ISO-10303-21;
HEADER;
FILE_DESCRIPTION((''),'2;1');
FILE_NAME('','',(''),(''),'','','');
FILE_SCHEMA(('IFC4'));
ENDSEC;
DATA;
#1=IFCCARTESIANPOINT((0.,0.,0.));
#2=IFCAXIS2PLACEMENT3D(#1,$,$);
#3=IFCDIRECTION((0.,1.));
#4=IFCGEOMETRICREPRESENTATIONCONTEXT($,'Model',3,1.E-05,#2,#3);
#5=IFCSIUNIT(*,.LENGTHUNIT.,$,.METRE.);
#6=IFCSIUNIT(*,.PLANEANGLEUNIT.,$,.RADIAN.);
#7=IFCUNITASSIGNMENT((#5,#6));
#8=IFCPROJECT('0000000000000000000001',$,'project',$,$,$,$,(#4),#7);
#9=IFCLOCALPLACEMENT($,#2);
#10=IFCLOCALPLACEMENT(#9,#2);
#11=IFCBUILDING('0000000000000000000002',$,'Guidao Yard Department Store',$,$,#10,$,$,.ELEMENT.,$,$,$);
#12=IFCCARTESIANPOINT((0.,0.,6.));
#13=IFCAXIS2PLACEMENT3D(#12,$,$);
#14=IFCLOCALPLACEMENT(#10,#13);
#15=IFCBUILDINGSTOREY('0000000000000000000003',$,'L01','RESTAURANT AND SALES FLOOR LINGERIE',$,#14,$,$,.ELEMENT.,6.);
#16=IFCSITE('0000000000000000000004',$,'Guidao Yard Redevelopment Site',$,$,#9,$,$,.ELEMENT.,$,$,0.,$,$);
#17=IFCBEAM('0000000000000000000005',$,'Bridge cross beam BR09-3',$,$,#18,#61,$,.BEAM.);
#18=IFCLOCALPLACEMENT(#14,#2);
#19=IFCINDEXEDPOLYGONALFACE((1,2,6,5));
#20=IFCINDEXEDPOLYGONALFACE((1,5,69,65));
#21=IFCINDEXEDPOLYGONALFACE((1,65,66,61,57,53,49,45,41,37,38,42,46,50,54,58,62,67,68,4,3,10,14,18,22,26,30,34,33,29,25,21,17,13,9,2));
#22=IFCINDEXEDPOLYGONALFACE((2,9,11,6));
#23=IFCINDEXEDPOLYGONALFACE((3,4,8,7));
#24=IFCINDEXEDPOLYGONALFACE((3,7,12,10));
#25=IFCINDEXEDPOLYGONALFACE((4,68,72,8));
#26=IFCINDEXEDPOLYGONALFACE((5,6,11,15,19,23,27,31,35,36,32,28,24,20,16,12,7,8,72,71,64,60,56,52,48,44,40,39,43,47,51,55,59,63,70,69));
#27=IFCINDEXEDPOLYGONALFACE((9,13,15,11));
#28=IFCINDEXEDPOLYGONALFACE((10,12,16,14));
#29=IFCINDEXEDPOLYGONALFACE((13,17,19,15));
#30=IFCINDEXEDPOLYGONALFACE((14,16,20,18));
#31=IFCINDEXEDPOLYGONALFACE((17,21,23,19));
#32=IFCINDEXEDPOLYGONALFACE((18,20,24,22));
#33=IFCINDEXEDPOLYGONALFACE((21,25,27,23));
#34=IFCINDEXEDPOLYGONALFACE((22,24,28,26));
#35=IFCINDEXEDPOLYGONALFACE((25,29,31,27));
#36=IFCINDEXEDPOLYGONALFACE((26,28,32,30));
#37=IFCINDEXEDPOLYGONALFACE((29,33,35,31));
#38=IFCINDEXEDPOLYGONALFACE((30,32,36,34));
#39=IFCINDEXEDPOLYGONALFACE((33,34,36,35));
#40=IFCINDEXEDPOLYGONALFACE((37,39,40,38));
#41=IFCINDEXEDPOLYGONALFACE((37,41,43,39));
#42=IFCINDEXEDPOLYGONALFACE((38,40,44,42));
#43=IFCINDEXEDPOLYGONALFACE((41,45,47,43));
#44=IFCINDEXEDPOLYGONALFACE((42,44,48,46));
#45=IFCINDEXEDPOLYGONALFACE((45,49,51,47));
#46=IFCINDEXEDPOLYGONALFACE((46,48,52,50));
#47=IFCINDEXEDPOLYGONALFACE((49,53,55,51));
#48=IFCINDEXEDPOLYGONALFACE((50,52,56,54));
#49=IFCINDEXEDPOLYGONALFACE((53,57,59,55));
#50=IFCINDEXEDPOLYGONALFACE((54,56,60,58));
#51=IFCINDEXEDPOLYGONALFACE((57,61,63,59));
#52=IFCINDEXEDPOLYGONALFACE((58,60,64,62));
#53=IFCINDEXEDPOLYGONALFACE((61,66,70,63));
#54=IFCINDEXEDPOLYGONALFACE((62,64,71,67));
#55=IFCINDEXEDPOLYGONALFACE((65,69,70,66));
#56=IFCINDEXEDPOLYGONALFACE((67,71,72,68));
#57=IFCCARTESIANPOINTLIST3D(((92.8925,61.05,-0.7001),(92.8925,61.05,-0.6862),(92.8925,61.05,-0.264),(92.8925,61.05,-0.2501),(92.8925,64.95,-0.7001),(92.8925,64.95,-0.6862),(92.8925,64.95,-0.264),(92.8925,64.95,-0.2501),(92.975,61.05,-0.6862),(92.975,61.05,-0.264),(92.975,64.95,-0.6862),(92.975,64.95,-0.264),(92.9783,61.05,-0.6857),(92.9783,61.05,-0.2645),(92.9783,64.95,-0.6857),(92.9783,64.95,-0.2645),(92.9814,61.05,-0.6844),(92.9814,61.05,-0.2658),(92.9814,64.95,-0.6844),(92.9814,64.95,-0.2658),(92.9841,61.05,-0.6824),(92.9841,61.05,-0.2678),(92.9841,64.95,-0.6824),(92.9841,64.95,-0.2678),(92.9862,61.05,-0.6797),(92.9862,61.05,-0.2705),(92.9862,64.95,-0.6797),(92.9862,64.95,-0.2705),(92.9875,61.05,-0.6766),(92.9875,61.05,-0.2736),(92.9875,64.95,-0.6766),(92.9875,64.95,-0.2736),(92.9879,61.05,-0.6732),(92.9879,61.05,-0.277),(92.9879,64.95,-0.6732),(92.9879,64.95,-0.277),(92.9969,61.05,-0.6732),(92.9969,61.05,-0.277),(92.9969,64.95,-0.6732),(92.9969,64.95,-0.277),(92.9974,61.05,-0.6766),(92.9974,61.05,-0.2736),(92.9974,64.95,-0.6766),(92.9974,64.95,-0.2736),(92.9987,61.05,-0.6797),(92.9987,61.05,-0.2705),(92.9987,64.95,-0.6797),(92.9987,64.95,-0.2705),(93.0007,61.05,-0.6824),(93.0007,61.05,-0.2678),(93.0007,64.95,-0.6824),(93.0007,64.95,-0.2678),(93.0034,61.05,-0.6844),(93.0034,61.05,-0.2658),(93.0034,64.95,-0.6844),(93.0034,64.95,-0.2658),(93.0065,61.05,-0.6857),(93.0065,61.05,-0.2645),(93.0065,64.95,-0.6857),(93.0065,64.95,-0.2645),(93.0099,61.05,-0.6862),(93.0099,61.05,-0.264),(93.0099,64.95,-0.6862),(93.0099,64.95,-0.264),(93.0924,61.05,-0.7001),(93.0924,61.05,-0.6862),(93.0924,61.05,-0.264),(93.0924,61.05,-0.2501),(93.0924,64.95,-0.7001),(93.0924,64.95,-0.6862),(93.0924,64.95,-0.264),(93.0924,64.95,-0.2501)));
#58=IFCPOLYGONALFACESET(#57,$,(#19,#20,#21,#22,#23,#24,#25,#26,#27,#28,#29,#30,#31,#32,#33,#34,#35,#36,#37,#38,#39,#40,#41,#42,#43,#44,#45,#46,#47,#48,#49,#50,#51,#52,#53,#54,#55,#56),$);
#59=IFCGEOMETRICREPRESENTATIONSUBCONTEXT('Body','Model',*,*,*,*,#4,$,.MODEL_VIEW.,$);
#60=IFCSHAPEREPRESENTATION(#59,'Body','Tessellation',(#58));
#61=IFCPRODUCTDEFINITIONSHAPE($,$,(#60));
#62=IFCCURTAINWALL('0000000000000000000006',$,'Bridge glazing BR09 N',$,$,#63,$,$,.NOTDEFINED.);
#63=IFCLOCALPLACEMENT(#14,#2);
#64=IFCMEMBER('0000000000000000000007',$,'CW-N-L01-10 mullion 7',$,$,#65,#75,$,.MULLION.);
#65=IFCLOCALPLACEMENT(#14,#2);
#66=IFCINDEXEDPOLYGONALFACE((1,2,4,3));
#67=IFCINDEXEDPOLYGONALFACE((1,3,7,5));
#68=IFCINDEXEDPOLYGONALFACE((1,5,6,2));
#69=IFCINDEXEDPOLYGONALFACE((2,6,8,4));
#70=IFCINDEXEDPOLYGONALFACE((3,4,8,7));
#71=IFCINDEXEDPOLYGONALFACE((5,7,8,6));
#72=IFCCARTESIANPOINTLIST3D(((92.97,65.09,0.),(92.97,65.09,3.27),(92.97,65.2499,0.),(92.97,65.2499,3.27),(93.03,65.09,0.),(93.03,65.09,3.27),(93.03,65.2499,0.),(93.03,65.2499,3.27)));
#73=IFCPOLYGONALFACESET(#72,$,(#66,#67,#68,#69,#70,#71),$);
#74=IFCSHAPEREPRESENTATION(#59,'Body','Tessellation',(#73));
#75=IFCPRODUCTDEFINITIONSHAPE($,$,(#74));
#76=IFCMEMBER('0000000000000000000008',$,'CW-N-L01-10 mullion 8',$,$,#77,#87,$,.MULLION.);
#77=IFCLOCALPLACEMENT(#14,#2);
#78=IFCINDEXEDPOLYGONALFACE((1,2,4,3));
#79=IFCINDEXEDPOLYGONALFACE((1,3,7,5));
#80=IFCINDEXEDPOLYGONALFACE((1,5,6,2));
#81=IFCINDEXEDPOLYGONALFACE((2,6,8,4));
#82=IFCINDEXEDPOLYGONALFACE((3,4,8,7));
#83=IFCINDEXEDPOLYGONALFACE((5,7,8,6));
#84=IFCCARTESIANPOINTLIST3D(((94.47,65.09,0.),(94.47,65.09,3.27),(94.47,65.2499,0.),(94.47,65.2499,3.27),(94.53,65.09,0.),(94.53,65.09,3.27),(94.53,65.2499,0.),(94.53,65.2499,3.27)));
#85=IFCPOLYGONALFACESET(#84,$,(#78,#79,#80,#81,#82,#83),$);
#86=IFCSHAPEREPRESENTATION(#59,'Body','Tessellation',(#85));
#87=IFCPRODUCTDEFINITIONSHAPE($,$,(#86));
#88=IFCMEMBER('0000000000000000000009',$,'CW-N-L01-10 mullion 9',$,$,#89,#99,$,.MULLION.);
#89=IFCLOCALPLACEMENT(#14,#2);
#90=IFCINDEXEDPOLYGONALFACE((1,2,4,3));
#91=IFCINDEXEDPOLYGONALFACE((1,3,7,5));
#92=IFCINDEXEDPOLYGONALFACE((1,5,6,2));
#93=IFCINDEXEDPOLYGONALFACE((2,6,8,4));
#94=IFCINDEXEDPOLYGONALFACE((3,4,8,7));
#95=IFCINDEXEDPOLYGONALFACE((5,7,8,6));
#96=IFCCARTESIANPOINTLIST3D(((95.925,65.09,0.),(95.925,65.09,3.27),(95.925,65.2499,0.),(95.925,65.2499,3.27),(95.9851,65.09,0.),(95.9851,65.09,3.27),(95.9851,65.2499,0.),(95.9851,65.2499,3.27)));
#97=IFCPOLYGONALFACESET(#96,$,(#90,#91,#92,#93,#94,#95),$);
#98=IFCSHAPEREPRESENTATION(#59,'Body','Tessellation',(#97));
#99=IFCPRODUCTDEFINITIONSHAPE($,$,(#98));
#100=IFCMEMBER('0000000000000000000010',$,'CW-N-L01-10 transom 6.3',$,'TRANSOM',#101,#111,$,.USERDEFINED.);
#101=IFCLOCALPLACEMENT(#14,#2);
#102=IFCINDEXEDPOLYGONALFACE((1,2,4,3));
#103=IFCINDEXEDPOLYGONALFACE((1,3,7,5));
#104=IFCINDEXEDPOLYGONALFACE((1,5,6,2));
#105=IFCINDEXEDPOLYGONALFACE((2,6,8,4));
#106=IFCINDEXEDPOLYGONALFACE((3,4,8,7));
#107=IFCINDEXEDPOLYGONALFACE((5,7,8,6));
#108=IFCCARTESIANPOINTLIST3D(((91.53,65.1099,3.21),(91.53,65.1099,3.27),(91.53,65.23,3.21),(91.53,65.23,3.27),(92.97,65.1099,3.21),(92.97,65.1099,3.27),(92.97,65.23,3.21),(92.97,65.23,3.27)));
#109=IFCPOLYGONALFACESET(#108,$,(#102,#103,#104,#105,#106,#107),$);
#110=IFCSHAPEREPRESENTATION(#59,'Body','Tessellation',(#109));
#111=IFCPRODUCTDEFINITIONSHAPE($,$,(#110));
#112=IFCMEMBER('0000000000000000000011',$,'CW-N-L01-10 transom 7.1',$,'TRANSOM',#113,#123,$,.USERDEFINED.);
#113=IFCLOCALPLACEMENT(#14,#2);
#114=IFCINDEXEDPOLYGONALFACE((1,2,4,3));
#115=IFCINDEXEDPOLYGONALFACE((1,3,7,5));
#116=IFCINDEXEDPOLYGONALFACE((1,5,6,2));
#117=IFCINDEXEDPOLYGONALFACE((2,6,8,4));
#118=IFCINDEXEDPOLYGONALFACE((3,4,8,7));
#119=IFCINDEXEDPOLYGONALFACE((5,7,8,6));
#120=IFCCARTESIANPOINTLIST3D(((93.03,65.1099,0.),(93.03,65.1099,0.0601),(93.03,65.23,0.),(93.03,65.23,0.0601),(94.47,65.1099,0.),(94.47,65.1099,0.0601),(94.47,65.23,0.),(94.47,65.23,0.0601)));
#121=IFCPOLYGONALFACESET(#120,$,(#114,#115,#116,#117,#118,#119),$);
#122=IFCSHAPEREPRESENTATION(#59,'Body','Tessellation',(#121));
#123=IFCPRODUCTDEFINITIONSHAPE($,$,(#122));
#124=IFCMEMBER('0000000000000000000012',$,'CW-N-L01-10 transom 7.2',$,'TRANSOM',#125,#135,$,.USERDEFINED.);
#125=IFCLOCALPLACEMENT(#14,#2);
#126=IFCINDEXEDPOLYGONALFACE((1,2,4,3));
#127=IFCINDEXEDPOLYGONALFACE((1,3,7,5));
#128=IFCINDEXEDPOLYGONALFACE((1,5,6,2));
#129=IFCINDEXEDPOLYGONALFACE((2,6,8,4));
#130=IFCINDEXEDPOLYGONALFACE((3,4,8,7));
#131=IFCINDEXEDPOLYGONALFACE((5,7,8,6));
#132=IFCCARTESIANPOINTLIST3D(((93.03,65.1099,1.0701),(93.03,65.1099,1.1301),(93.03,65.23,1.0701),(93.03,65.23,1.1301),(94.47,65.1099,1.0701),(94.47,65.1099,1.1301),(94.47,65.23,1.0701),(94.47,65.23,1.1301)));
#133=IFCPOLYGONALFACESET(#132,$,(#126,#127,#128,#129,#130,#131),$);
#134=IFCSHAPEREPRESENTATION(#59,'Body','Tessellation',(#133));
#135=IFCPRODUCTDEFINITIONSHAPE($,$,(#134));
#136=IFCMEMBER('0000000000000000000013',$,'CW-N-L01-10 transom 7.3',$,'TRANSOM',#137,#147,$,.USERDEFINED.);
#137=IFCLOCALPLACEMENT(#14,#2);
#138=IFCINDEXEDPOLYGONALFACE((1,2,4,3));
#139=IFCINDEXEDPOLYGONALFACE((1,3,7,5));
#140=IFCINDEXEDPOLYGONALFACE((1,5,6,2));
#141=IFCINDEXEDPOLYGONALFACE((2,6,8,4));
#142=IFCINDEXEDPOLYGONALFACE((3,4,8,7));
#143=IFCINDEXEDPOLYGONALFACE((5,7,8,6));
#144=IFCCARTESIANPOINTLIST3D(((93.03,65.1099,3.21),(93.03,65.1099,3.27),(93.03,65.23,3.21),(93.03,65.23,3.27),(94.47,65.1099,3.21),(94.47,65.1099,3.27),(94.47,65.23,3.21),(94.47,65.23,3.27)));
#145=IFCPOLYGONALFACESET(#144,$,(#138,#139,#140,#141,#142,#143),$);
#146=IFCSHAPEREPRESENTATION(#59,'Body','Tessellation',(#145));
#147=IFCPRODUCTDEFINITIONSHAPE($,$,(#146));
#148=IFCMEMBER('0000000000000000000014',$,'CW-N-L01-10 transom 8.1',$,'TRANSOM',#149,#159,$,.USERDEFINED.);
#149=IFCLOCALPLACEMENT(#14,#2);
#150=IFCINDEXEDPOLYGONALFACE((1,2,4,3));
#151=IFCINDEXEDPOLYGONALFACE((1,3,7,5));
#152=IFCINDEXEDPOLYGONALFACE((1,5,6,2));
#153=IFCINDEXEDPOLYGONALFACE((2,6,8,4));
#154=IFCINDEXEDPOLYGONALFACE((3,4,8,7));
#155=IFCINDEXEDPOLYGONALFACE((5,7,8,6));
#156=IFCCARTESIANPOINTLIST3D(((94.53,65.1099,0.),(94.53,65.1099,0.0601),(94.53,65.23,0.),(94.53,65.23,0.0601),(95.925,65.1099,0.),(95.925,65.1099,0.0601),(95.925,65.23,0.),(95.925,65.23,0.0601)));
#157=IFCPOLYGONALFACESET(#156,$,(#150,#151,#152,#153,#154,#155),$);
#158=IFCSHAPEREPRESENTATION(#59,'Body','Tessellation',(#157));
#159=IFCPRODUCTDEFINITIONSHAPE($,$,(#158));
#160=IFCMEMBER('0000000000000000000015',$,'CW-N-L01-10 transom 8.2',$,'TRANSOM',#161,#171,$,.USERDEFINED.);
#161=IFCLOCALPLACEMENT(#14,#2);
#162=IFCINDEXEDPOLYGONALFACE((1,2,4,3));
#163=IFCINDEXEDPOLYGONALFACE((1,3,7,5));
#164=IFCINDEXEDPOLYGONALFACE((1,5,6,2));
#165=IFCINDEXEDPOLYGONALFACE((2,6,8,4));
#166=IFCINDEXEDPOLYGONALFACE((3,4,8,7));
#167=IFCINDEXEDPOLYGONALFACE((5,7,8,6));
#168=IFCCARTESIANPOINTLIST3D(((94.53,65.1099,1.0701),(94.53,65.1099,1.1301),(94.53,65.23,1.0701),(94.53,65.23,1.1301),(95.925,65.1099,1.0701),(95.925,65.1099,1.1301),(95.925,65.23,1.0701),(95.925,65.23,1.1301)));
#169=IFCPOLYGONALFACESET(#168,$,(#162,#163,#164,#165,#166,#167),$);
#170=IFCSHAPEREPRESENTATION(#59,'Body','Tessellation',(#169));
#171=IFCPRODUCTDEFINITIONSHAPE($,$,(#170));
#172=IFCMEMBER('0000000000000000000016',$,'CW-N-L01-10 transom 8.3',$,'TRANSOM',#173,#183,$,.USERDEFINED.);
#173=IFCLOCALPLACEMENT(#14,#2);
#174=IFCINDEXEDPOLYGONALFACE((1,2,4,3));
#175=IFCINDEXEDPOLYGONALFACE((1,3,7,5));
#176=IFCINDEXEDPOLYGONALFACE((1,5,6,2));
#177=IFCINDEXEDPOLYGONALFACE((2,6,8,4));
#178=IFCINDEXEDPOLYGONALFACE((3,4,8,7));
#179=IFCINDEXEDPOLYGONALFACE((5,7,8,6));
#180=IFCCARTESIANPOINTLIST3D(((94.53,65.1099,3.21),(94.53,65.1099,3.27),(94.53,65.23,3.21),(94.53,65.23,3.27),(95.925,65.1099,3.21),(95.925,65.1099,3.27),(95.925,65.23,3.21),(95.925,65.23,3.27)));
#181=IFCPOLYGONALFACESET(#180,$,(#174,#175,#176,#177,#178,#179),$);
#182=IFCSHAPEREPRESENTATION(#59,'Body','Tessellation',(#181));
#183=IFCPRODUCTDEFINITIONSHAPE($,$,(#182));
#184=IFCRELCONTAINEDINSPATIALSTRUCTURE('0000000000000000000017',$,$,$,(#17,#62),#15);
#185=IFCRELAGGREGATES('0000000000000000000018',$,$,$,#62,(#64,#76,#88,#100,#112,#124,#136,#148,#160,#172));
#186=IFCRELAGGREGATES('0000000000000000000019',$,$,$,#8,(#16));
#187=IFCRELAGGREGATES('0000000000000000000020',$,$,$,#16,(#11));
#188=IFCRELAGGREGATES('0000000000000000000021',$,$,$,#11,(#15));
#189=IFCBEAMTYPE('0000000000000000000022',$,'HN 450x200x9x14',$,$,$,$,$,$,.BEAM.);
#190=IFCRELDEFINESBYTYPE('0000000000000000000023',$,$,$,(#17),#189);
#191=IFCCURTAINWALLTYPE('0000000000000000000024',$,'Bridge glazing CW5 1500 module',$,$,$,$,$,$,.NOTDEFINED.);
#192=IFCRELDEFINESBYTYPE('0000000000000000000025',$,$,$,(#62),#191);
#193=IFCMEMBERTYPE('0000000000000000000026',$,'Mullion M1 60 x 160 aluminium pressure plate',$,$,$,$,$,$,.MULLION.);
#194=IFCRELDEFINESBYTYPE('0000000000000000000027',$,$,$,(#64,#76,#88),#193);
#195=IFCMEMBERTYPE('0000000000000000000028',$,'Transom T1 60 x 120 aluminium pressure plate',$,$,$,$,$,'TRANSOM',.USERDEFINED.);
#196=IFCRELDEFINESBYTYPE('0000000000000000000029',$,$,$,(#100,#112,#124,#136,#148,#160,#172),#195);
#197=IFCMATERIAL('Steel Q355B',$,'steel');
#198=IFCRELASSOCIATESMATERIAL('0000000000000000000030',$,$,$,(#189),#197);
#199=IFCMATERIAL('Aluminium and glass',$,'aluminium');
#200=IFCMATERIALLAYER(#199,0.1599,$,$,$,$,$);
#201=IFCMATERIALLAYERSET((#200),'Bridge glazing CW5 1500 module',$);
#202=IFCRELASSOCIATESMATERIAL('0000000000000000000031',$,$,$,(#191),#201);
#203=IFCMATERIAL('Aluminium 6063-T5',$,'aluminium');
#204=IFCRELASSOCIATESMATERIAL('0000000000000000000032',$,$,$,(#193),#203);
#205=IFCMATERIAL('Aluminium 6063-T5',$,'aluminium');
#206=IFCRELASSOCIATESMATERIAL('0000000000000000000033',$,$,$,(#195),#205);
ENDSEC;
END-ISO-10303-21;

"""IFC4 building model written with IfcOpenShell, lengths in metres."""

from ifc_helpers import new_model, si_unit, direction, frame, origin, origin_2d, place, context, subcontext, project, spatial, rectangle, i_section, extrude, material, layer, layer_set, material_profile, profile_set, type_object, element, aggregate, save


model = new_model("IFC4")

# Units and contexts
model_context = context("Model", 3, precision=1e-05, world=origin(), true_north=direction((0.0, 1.0)))
body_context = subcontext(model_context, "Body", "Model", "MODEL_VIEW")
ifc_project = project(units=[si_unit("LENGTHUNIT", "METRE"), si_unit("PLANEANGLEUNIT", "RADIAN")], contexts=[model_context])

# Site, building, storey
site_placement = place(None, origin())
site = spatial("IfcSite", under=ifc_project, at=site_placement, Name="Guidao Yard Redevelopment Site", CompositionType="ELEMENT", RefElevation=0.0)
building_placement = place(site_placement, origin())
building = spatial("IfcBuilding", under=site, at=building_placement, Name="Guidao Yard Department Store", CompositionType="ELEMENT")
storey_placement = place(building_placement, frame((0.0, 0.0, 6.0)))
storey = spatial("IfcBuildingStorey", under=building, at=storey_placement, Name="L01", Description="RESTAURANT AND SALES FLOOR LINGERIE", CompositionType="ELEMENT", Elevation=6.0)

# Beam
ifc_material_1 = material(Name="Steel Q355B", Category="steel")
ifc_material_profile_1 = material_profile(ifc_material_1, i_section(OverallWidth=0.2, OverallDepth=0.45, WebThickness=0.009, FlangeThickness=0.0139, FilletRadius=0.0129, at=origin_2d()), Name="HN 450x200x9x14")
ifc_profile_set_1 = profile_set([ifc_material_profile_1], Name="Steel Q355B")
beam_type = type_object("IfcBeamType", Name="HN 450x200x9x14", PredefinedType="BEAM", material=ifc_profile_set_1)
beam_placement = place(storey_placement, frame((92.9924, 61.05, -0.4751), z_axis=(0.0, 1.0, 0.0), x_axis=(-1.0, 0.0, 0.0)))
element("IfcBeam", 1, at=beam_placement, inside=storey, type_object=beam_type, Name="Bridge cross beam BR09-3", PredefinedType="BEAM", context=body_context, shape_type="SweptSolid", body=[
    extrude(i_section(OverallWidth=0.2, OverallDepth=0.45, WebThickness=0.009, FlangeThickness=0.0139, FilletRadius=0.0129, at=origin_2d()), origin(), (0.0, 0.0, 1.0), 3.8999),
])

# Curtain wall, members
ifc_material_2 = material(Name="Aluminium and glass", Category="aluminium")
ifc_layer_1 = layer(ifc_material_2, 0.1599)
ifc_layer_set_1 = layer_set([ifc_layer_1], Name="Bridge glazing CW5 1500 module")
curtain_wall_type = type_object("IfcCurtainWallType", Name="Bridge glazing CW5 1500 module", PredefinedType="NOTDEFINED", material=ifc_layer_set_1)
curtain_wall_1_placement = place(storey_placement, origin())
curtain_wall_1 = element("IfcCurtainWall", 2, at=curtain_wall_1_placement, inside=storey, type_object=curtain_wall_type, Name="Bridge glazing BR09 N", PredefinedType="NOTDEFINED")
ifc_material_3 = material(Name="Aluminium 6063-T5", Category="aluminium")
ifc_material_profile_2 = material_profile(ifc_material_3, rectangle(XDim=0.0601, YDim=0.1599, at=origin_2d()), Name="Mullion M1 60 x 160 aluminium pressure plate")
ifc_profile_set_2 = profile_set([ifc_material_profile_2], Name="Aluminium 6063-T5")
member_type_1 = type_object("IfcMemberType", Name="Mullion M1 60 x 160 aluminium pressure plate", PredefinedType="MULLION", material=ifc_profile_set_2)
member_1_placement = place(storey_placement, frame((93.0, 65.1699, 0.0), z_axis=(0.0, 0.0, 1.0), x_axis=(1.0, 0.0, 0.0)))
member_1 = element("IfcMember", 3, at=member_1_placement, type_object=member_type_1, Name="CW-N-L01-10 mullion 7", PredefinedType="MULLION", context=body_context, shape_type="SweptSolid", body=[
    extrude(rectangle(XDim=0.0601, YDim=0.1599, at=origin_2d()), origin(), (0.0, 0.0, 1.0), 3.27),
])
member_2_placement = place(storey_placement, frame((94.5, 65.1699, 0.0), z_axis=(0.0, 0.0, 1.0), x_axis=(1.0, 0.0, 0.0)))
member_2 = element("IfcMember", 4, at=member_2_placement, type_object=member_type_1, Name="CW-N-L01-10 mullion 8", PredefinedType="MULLION", context=body_context, shape_type="SweptSolid", body=[
    extrude(rectangle(XDim=0.0601, YDim=0.1599, at=origin_2d()), origin(), (0.0, 0.0, 1.0), 3.27),
])
member_3_placement = place(storey_placement, frame((95.9551, 65.1699, 0.0), z_axis=(0.0, 0.0, 1.0), x_axis=(1.0, 0.0, 0.0)))
member_3 = element("IfcMember", 5, at=member_3_placement, type_object=member_type_1, Name="CW-N-L01-10 mullion 9", PredefinedType="MULLION", context=body_context, shape_type="SweptSolid", body=[
    extrude(rectangle(XDim=0.0601, YDim=0.1599, at=origin_2d()), origin(), (0.0, 0.0, 1.0), 3.27),
])
ifc_material_4 = material(Name="Aluminium 6063-T5", Category="aluminium")
ifc_material_profile_3 = material_profile(ifc_material_4, rectangle(XDim=0.1201, YDim=0.0601, at=origin_2d()), Name="Transom T1 60 x 120 aluminium pressure plate")
ifc_profile_set_3 = profile_set([ifc_material_profile_3], Name="Aluminium 6063-T5")
member_type_2 = type_object("IfcMemberType", Name="Transom T1 60 x 120 aluminium pressure plate", ElementType="TRANSOM", PredefinedType="USERDEFINED", material=ifc_profile_set_3)
member_4_placement = place(storey_placement, frame((91.53, 65.1699, 3.24), z_axis=(1.0, 0.0, 0.0), x_axis=(0.0, 1.0, 0.0)))
member_4 = element("IfcMember", 6, at=member_4_placement, type_object=member_type_2, Name="CW-N-L01-10 transom 6.3", ObjectType="TRANSOM", PredefinedType="USERDEFINED", context=body_context, shape_type="SweptSolid", body=[
    extrude(rectangle(XDim=0.1201, YDim=0.0601, at=origin_2d()), origin(), (0.0, 0.0, 1.0), 1.4399),
])
member_5_placement = place(storey_placement, frame((93.03, 65.1699, 0.03), z_axis=(1.0, 0.0, 0.0), x_axis=(0.0, 1.0, 0.0)))
member_5 = element("IfcMember", 7, at=member_5_placement, type_object=member_type_2, Name="CW-N-L01-10 transom 7.1", ObjectType="TRANSOM", PredefinedType="USERDEFINED", context=body_context, shape_type="SweptSolid", body=[
    extrude(rectangle(XDim=0.1201, YDim=0.0601, at=origin_2d()), origin(), (0.0, 0.0, 1.0), 1.4399),
])
member_6_placement = place(storey_placement, frame((93.03, 65.1699, 1.1001), z_axis=(1.0, 0.0, 0.0), x_axis=(0.0, 1.0, 0.0)))
member_6 = element("IfcMember", 8, at=member_6_placement, type_object=member_type_2, Name="CW-N-L01-10 transom 7.2", ObjectType="TRANSOM", PredefinedType="USERDEFINED", context=body_context, shape_type="SweptSolid", body=[
    extrude(rectangle(XDim=0.1201, YDim=0.0601, at=origin_2d()), origin(), (0.0, 0.0, 1.0), 1.4399),
])
member_7_placement = place(storey_placement, frame((93.03, 65.1699, 3.24), z_axis=(1.0, 0.0, 0.0), x_axis=(0.0, 1.0, 0.0)))
member_7 = element("IfcMember", 9, at=member_7_placement, type_object=member_type_2, Name="CW-N-L01-10 transom 7.3", ObjectType="TRANSOM", PredefinedType="USERDEFINED", context=body_context, shape_type="SweptSolid", body=[
    extrude(rectangle(XDim=0.1201, YDim=0.0601, at=origin_2d()), origin(), (0.0, 0.0, 1.0), 1.4399),
])
member_8_placement = place(storey_placement, frame((94.53, 65.1699, 0.03), z_axis=(1.0, 0.0, 0.0), x_axis=(0.0, 1.0, 0.0)))
member_8 = element("IfcMember", 10, at=member_8_placement, type_object=member_type_2, Name="CW-N-L01-10 transom 8.1", ObjectType="TRANSOM", PredefinedType="USERDEFINED", context=body_context, shape_type="SweptSolid", body=[
    extrude(rectangle(XDim=0.1201, YDim=0.0601, at=origin_2d()), origin(), (0.0, 0.0, 1.0), 1.395),
])
member_9_placement = place(storey_placement, frame((94.53, 65.1699, 1.1001), z_axis=(1.0, 0.0, 0.0), x_axis=(0.0, 1.0, 0.0)))
member_9 = element("IfcMember", 11, at=member_9_placement, type_object=member_type_2, Name="CW-N-L01-10 transom 8.2", ObjectType="TRANSOM", PredefinedType="USERDEFINED", context=body_context, shape_type="SweptSolid", body=[
    extrude(rectangle(XDim=0.1201, YDim=0.0601, at=origin_2d()), origin(), (0.0, 0.0, 1.0), 1.395),
])
member_10_placement = place(storey_placement, frame((94.53, 65.1699, 3.24), z_axis=(1.0, 0.0, 0.0), x_axis=(0.0, 1.0, 0.0)))
member_10 = element("IfcMember", 12, at=member_10_placement, type_object=member_type_2, Name="CW-N-L01-10 transom 8.3", ObjectType="TRANSOM", PredefinedType="USERDEFINED", context=body_context, shape_type="SweptSolid", body=[
    extrude(rectangle(XDim=0.1201, YDim=0.0601, at=origin_2d()), origin(), (0.0, 0.0, 1.0), 1.395),
])

aggregate(curtain_wall_1, [member_1, member_2, member_3, member_4, member_5, member_6, member_7, member_8, member_9, member_10])

save(model, "model.ifc")
